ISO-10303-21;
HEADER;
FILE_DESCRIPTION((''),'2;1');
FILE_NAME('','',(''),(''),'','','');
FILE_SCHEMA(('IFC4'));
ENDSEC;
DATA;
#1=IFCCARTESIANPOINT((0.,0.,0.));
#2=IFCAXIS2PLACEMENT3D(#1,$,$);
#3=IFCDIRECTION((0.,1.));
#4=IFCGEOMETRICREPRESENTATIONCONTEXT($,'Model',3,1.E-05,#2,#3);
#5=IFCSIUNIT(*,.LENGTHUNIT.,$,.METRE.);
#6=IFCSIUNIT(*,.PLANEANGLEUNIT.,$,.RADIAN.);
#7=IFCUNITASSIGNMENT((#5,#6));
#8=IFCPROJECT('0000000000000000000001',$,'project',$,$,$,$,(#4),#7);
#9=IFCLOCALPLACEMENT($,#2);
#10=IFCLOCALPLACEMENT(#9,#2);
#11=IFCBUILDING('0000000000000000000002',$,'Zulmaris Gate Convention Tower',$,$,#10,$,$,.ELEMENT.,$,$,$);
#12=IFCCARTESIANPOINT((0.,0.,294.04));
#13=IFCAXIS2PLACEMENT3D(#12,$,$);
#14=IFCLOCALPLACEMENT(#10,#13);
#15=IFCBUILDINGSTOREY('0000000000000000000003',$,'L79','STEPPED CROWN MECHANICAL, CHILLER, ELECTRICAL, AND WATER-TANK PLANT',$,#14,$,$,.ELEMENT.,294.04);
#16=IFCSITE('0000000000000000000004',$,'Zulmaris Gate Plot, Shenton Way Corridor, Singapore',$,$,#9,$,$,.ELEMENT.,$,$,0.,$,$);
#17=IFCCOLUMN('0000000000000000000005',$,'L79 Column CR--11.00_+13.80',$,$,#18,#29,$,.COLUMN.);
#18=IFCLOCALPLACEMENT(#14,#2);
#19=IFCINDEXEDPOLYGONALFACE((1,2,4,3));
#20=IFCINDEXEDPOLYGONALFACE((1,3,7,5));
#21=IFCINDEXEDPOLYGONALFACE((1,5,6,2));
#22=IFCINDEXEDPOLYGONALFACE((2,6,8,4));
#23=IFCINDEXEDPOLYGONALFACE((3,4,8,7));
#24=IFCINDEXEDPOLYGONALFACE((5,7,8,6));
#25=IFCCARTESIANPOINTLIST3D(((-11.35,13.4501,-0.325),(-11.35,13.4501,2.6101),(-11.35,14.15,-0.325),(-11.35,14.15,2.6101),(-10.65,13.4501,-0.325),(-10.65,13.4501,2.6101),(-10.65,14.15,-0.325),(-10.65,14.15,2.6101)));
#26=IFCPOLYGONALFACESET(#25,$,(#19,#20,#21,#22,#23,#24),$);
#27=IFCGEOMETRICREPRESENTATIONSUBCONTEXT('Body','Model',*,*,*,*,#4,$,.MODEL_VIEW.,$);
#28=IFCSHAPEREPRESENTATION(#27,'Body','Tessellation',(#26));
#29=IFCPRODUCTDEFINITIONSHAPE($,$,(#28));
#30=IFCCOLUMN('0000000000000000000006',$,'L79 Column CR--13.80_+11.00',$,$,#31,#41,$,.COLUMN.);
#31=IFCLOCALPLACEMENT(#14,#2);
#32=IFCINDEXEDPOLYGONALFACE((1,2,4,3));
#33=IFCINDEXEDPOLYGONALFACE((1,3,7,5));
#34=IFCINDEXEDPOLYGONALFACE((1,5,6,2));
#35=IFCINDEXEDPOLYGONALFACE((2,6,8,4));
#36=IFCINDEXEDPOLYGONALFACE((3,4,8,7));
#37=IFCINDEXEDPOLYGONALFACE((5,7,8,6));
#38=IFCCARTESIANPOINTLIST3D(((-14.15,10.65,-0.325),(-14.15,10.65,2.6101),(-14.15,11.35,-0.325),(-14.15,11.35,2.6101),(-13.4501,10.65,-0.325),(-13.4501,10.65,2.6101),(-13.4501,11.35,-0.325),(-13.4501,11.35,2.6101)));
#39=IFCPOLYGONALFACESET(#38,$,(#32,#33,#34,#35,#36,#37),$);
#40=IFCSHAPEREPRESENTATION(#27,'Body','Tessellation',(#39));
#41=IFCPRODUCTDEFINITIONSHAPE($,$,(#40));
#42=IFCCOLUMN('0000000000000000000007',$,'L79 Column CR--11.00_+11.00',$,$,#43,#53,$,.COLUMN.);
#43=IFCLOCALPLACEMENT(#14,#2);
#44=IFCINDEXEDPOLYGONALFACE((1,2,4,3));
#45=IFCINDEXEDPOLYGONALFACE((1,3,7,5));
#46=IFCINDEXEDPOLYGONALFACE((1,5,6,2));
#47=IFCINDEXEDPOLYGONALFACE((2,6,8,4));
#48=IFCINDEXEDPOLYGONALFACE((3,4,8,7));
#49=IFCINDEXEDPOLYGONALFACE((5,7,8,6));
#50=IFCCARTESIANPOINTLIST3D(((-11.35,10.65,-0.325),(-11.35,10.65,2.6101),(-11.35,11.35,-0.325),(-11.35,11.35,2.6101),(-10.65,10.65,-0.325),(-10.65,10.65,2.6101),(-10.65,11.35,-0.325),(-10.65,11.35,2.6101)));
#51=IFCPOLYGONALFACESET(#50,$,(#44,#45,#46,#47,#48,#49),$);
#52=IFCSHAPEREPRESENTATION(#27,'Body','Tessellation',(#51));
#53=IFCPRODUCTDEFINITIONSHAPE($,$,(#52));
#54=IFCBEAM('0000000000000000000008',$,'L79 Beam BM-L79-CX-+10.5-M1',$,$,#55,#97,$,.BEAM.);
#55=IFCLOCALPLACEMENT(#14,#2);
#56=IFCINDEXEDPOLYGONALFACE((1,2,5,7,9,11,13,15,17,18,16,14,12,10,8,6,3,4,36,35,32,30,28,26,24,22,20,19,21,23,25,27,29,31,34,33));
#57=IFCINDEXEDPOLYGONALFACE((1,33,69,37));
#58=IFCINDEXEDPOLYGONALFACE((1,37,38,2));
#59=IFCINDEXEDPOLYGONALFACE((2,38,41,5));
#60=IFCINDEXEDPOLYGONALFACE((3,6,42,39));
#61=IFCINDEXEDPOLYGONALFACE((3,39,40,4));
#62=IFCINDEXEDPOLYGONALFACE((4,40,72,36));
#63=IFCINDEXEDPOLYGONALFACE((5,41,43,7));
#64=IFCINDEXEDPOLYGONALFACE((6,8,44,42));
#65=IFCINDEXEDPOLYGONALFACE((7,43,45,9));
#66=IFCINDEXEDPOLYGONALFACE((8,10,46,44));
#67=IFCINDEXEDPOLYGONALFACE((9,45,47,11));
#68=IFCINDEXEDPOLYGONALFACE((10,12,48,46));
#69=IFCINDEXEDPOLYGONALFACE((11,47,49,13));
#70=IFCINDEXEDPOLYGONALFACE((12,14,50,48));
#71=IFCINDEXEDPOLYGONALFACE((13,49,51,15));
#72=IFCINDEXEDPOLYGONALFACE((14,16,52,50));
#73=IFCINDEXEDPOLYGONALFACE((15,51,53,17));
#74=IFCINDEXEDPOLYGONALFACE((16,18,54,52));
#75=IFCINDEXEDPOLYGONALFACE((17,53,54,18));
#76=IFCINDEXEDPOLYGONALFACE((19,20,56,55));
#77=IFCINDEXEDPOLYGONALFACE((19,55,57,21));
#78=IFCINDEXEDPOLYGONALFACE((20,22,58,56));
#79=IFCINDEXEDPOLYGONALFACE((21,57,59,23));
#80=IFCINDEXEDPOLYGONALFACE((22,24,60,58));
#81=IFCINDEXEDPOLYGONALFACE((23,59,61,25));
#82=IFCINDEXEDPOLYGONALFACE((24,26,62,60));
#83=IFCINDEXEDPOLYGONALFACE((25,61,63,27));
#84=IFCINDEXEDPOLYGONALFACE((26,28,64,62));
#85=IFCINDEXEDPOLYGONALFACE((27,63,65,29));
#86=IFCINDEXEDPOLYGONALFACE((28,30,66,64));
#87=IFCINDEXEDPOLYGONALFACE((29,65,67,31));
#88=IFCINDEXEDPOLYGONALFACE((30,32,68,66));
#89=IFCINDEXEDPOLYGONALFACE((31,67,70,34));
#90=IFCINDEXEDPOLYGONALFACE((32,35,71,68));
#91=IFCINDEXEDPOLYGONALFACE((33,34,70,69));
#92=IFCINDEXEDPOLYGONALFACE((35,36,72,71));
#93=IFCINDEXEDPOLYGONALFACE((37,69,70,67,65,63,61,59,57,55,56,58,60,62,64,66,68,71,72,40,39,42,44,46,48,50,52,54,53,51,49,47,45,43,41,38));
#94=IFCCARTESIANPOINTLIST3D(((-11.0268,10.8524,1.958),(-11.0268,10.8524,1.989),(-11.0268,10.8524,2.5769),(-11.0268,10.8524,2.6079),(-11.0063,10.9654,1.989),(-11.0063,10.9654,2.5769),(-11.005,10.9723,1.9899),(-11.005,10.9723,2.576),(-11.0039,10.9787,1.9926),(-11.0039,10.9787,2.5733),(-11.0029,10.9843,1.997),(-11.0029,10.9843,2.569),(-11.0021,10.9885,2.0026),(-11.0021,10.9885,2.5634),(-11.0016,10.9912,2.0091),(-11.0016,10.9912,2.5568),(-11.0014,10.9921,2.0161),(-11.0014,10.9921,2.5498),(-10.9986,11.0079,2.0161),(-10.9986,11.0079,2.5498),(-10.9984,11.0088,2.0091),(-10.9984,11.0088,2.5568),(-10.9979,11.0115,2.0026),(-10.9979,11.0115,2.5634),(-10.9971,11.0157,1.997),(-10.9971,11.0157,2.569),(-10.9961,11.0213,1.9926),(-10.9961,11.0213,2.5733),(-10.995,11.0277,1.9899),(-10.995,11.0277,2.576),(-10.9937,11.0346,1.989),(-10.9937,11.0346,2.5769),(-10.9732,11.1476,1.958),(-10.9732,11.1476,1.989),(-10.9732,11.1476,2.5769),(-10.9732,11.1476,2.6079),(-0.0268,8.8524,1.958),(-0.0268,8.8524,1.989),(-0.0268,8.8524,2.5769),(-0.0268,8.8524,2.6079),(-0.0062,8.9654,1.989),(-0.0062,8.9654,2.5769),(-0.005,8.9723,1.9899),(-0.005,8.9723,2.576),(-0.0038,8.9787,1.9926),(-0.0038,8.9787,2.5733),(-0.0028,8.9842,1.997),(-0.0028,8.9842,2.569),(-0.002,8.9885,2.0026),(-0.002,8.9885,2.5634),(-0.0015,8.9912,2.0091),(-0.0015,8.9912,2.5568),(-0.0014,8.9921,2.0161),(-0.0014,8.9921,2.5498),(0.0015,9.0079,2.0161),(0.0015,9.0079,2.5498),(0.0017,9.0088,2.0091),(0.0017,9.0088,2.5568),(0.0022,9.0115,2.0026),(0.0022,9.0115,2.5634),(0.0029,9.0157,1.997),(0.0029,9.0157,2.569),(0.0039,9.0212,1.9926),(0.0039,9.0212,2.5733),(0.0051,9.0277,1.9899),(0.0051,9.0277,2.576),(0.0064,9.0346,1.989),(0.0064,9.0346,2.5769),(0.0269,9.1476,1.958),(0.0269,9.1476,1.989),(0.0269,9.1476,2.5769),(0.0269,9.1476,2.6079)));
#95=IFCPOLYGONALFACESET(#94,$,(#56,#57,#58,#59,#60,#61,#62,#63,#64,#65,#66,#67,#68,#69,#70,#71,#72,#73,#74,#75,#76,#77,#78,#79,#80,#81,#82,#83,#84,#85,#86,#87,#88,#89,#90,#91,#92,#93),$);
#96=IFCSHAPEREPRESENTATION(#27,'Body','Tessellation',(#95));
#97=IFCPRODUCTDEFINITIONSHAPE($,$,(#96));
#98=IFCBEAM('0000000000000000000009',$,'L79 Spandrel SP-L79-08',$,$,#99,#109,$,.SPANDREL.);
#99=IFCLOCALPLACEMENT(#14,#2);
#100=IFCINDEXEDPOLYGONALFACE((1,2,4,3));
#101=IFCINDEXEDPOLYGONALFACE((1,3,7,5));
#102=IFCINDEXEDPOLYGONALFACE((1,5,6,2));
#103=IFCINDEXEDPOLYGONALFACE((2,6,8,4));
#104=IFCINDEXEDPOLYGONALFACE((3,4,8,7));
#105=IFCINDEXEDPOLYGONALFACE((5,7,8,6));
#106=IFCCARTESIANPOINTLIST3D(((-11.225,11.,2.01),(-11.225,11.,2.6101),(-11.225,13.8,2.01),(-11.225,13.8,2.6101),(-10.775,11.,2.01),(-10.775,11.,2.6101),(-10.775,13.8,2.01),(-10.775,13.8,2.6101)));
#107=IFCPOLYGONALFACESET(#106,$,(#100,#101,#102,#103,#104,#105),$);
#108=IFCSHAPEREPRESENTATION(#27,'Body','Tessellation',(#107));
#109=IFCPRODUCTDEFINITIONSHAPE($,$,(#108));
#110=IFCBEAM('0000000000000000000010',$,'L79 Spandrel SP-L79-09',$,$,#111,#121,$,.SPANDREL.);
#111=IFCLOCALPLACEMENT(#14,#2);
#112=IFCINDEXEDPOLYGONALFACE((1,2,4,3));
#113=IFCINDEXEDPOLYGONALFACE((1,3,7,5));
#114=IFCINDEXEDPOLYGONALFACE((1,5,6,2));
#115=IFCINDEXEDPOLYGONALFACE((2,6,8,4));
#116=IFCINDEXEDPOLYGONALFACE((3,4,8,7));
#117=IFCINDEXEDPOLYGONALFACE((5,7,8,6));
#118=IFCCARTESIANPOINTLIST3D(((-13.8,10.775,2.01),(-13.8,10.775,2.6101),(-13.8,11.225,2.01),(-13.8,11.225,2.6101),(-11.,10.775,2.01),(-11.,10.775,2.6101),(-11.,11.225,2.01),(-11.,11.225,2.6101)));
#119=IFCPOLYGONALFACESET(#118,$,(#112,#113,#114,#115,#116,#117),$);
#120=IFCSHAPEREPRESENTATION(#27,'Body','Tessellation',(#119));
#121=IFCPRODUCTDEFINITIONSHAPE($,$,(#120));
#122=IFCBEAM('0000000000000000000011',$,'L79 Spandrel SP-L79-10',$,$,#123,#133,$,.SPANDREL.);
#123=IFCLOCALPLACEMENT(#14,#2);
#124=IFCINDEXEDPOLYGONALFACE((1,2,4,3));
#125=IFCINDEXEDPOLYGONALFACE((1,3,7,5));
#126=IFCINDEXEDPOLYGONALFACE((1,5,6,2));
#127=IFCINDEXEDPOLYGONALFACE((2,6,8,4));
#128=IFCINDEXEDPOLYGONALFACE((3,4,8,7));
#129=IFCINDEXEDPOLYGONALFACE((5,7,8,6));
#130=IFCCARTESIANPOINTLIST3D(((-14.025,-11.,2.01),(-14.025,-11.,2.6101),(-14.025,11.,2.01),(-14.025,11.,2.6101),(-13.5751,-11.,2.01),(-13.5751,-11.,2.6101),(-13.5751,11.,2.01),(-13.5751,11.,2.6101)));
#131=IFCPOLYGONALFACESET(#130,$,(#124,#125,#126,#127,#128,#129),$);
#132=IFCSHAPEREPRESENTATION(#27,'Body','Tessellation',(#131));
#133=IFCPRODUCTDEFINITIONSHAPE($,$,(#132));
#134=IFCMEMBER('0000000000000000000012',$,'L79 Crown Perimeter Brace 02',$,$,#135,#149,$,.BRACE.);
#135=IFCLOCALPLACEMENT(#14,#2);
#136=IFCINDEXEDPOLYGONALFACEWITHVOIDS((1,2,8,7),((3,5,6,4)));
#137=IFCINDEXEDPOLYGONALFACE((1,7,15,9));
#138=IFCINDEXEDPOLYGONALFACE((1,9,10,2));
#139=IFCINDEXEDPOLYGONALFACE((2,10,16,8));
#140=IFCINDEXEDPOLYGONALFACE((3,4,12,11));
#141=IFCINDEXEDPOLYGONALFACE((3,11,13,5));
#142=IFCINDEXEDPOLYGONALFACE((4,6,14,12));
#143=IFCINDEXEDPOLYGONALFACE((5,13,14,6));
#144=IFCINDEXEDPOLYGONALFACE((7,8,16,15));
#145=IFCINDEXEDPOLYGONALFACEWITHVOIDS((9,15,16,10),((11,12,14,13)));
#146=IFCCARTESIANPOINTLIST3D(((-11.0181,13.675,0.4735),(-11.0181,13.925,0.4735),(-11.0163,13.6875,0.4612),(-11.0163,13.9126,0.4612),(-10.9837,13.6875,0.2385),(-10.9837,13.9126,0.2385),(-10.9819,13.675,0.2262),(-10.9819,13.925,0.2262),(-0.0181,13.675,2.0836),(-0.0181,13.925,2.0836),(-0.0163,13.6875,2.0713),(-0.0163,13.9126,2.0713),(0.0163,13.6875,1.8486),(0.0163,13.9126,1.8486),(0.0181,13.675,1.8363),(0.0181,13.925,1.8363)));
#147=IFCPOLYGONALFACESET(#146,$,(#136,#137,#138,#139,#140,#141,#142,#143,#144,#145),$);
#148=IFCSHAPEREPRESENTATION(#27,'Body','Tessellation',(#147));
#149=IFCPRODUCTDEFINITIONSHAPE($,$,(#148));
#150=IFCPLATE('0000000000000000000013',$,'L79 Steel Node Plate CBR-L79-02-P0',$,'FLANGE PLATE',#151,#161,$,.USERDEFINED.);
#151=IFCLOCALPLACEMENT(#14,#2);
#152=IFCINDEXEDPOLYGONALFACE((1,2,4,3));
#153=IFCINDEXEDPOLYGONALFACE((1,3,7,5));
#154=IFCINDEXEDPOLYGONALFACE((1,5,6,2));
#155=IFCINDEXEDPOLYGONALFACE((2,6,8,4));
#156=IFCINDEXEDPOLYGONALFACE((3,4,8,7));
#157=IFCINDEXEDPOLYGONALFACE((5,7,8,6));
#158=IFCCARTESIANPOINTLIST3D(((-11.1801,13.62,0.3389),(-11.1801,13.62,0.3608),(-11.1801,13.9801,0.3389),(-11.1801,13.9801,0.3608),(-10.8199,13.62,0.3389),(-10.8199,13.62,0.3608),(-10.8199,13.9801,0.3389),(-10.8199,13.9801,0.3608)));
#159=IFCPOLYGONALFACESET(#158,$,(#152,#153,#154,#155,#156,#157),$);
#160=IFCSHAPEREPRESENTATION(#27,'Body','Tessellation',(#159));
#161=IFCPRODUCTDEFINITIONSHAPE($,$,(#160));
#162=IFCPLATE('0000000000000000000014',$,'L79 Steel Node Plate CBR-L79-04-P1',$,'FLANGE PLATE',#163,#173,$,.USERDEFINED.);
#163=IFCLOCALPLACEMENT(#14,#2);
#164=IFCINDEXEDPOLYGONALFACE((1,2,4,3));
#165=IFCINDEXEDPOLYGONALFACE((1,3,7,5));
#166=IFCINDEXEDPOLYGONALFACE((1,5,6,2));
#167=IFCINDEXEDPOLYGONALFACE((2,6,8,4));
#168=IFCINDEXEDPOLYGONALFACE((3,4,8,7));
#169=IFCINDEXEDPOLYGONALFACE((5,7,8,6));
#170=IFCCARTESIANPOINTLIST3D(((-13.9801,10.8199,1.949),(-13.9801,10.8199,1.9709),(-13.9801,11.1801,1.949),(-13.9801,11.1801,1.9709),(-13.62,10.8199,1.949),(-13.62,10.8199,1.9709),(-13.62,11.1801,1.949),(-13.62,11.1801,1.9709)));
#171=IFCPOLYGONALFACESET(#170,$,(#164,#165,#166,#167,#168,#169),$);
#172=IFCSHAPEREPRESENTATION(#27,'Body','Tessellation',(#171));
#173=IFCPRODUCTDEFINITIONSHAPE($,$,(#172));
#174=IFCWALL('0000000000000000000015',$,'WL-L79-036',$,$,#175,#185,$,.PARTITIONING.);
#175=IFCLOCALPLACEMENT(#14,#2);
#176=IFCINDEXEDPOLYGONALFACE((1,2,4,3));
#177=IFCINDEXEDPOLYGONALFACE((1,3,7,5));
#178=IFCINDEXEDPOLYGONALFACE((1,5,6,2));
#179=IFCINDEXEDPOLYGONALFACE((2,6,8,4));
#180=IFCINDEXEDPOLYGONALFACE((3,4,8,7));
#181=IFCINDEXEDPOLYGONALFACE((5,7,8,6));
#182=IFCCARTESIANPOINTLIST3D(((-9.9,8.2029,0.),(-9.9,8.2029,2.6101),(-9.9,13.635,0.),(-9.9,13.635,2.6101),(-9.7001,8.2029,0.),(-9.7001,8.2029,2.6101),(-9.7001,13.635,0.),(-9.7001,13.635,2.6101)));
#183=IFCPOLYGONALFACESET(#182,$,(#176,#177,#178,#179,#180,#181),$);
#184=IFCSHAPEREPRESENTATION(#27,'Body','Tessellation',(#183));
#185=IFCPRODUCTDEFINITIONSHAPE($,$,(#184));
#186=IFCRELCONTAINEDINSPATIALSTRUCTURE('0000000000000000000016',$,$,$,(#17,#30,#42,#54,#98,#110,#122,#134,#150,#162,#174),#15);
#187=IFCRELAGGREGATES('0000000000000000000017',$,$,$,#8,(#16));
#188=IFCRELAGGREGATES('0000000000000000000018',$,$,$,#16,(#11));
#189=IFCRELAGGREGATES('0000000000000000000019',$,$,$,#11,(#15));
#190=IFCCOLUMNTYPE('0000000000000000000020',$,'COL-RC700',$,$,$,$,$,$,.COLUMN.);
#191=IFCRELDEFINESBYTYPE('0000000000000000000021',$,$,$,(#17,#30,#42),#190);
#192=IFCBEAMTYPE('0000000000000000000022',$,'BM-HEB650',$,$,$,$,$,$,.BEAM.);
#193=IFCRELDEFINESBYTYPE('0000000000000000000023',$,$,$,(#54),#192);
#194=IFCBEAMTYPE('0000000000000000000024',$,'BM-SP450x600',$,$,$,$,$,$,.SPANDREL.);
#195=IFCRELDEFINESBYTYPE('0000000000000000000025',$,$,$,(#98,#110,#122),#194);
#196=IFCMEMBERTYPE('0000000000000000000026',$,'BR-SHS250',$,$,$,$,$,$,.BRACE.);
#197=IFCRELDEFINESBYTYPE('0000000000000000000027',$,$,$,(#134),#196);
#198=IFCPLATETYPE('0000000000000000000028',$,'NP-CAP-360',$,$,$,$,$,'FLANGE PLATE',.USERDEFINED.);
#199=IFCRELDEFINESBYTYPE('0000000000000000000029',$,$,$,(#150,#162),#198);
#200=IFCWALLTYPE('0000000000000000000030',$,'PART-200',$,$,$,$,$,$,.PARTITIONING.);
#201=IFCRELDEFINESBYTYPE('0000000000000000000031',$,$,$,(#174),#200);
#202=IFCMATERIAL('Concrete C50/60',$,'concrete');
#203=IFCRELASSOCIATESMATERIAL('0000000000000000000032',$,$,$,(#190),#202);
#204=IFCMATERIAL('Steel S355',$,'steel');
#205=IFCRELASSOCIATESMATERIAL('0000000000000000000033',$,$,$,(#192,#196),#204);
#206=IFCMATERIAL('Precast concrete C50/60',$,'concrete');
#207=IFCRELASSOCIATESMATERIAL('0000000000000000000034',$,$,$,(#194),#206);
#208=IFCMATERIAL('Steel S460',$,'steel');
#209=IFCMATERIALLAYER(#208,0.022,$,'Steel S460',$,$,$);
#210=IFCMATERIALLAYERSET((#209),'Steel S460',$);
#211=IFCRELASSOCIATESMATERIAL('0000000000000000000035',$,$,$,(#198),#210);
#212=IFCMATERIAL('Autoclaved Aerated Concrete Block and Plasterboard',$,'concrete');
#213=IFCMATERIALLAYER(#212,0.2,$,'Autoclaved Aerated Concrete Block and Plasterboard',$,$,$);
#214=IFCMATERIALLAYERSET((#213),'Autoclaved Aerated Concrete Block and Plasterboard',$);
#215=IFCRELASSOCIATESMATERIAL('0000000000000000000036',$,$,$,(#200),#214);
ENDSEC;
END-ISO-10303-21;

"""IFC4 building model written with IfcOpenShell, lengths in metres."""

from ifc_helpers import new_model, si_unit, direction, frame, frame_2d, origin, origin_2d, place, context, subcontext, project, spatial, rectangle, hollow_rectangle, i_section, extrude, material, layer, layer_set, material_profile, profile_set, type_object, element, save


model = new_model("IFC4")

# Units and contexts
model_context = context("Model", 3, precision=1e-05, world=origin(), true_north=direction((0.0, 1.0)))
body_context = subcontext(model_context, "Body", "Model", "MODEL_VIEW")
ifc_project = project(units=[si_unit("LENGTHUNIT", "METRE"), si_unit("PLANEANGLEUNIT", "RADIAN")], contexts=[model_context])

# Site, building, storey
site_placement = place(None, origin())
site = spatial("IfcSite", under=ifc_project, at=site_placement, Name="Zulmaris Gate Plot, Shenton Way Corridor, Singapore", CompositionType="ELEMENT", RefElevation=0.0)
building_placement = place(site_placement, origin())
building = spatial("IfcBuilding", under=site, at=building_placement, Name="Zulmaris Gate Convention Tower", CompositionType="ELEMENT")
storey_placement = place(building_placement, frame((0.0, 0.0, 294.04)))
storey = spatial("IfcBuildingStorey", under=building, at=storey_placement, Name="L79", Description="STEPPED CROWN MECHANICAL, CHILLER, ELECTRICAL, AND WATER-TANK PLANT", CompositionType="ELEMENT", Elevation=294.04)

# Columns
ifc_material_1 = material(Name="Concrete C50/60", Category="concrete")
ifc_material_profile_1 = material_profile(ifc_material_1, rectangle(XDim=0.7, YDim=0.7, at=origin_2d()), Name="RC COL 700x700")
ifc_profile_set_1 = profile_set([ifc_material_profile_1], Name="Concrete C50/60")
column_type = type_object("IfcColumnType", Name="COL-RC700", PredefinedType="COLUMN", material=ifc_profile_set_1)
for number, where, z_axis, x_axis, name in (
    (1, (-11.0, 13.8, -0.325), (0.0, 0.0, 1.0), (1.0, 0.0, 0.0), "L79 Column CR--11.00_+13.80"),
    (2, (-13.8, 11.0, -0.325), (0.0, 0.0, 1.0), (1.0, 0.0, 0.0), "L79 Column CR--13.80_+11.00"),
    (3, (-11.0, 11.0, -0.325), (0.0, 0.0, 1.0), (1.0, 0.0, 0.0), "L79 Column CR--11.00_+11.00"),
):
    element("IfcColumn", number, at=place(storey_placement, frame(where, z_axis=z_axis, x_axis=x_axis)), inside=storey, type_object=column_type, Name=name, PredefinedType="COLUMN", context=body_context, shape_type="SweptSolid", body=[
        extrude(rectangle(XDim=0.7, YDim=0.7, at=origin_2d()), origin(), (0.0, 0.0, 1.0), 2.9351),
    ])

# Beams
ifc_material_2 = material(Name="Steel S355", Category="steel")
ifc_material_profile_2 = material_profile(ifc_material_2, i_section(OverallWidth=0.3, OverallDepth=0.6499, WebThickness=0.0161, FlangeThickness=0.031, FilletRadius=0.0271, at=origin_2d()), Name="HEB 650")
ifc_profile_set_2 = profile_set([ifc_material_profile_2], Name="Steel S355")
beam_type_1 = type_object("IfcBeamType", Name="BM-HEB650", PredefinedType="BEAM", material=ifc_profile_set_2)
beam_1_placement = place(storey_placement, frame((-11.0, 11.0, 2.283), z_axis=(0.98387, -0.178885, 0.0), x_axis=(0.178885, 0.98387, 0.0)))
element("IfcBeam", 4, at=beam_1_placement, inside=storey, type_object=beam_type_1, Name="L79 Beam BM-L79-CX-+10.5-M1", PredefinedType="BEAM", context=body_context, shape_type="SweptSolid", body=[
    extrude(i_section(OverallWidth=0.3, OverallDepth=0.6499, WebThickness=0.0161, FlangeThickness=0.031, FilletRadius=0.0271, at=origin_2d()), origin(), (0.0, 0.0, 1.0), 11.1804),
])
ifc_material_3 = material(Name="Precast concrete C50/60", Category="concrete")
ifc_material_profile_3 = material_profile(ifc_material_3, rectangle(XDim=0.45, YDim=0.6001, at=origin_2d()), Name="RC SPANDREL 450x600")
ifc_profile_set_3 = profile_set([ifc_material_profile_3], Name="Precast concrete C50/60")
beam_type_2 = type_object("IfcBeamType", Name="BM-SP450x600", PredefinedType="SPANDREL", material=ifc_profile_set_3)
for number, where, z_axis, x_axis, name in (
    (5, (-11.0, 13.8, 2.3101), (0.0, -1.0, 0.0), (1.0, 0.0, 0.0), "L79 Spandrel SP-L79-08"),
    (6, (-11.0, 11.0, 2.3101), (-1.0, 0.0, 0.0), (0.0, -1.0, 0.0), "L79 Spandrel SP-L79-09"),
):
    element("IfcBeam", number, at=place(storey_placement, frame(where, z_axis=z_axis, x_axis=x_axis)), inside=storey, type_object=beam_type_2, Name=name, PredefinedType="SPANDREL", context=body_context, shape_type="SweptSolid", body=[
        extrude(rectangle(XDim=0.45, YDim=0.6001, at=origin_2d()), origin(), (0.0, 0.0, 1.0), 2.8),
    ])
beam_2_placement = place(storey_placement, frame((-13.8, 11.0, 2.3101), z_axis=(0.0, -1.0, 0.0), x_axis=(1.0, 0.0, 0.0)))
element("IfcBeam", 7, at=beam_2_placement, inside=storey, type_object=beam_type_2, Name="L79 Spandrel SP-L79-10", PredefinedType="SPANDREL", context=body_context, shape_type="SweptSolid", body=[
    extrude(rectangle(XDim=0.45, YDim=0.6001, at=origin_2d()), origin(), (0.0, 0.0, 1.0), 22.0),
])

# Member
ifc_material_profile_4 = material_profile(ifc_material_2, hollow_rectangle(XDim=0.25, YDim=0.25, WallThickness=0.0125, at=origin_2d()), Name="SHS 250x250x12.5")
ifc_profile_set_4 = profile_set([ifc_material_profile_4], Name="Steel S355")
member_type = type_object("IfcMemberType", Name="BR-SHS250", PredefinedType="BRACE", material=ifc_profile_set_4)
member_placement = place(storey_placement, frame((-11.0, 13.8, 0.3499), z_axis=(0.989457, 0.0, 0.14483), x_axis=(0.0, 1.0, 0.0)))
element("IfcMember", 8, at=member_placement, inside=storey, type_object=member_type, Name="L79 Crown Perimeter Brace 02", PredefinedType="BRACE", context=body_context, shape_type="SweptSolid", body=[
    extrude(hollow_rectangle(XDim=0.25, YDim=0.25, WallThickness=0.0125, at=origin_2d()), origin(), (0.0, 0.0, 1.0), 11.1172),
])

# Plates
ifc_material_4 = material(Name="Steel S460", Category="steel")
ifc_layer_1 = layer(ifc_material_4, 0.022, Name="Steel S460")
ifc_layer_set_1 = layer_set([ifc_layer_1], Name="Steel S460")
plate_type = type_object("IfcPlateType", Name="NP-CAP-360", ElementType="FLANGE PLATE", PredefinedType="USERDEFINED", material=ifc_layer_set_1)
for number, where, z_axis, x_axis, name in (
    (9, (-11.0, 13.8, 0.3389), (0.0, 0.0, 1.0), (1.0, 0.0, 0.0), "L79 Steel Node Plate CBR-L79-02-P0"),
    (10, (-13.8, 11.0, 1.949), (0.0, 0.0, 1.0), (1.0, 0.0, 0.0), "L79 Steel Node Plate CBR-L79-04-P1"),
):
    element("IfcPlate", number, at=place(storey_placement, frame(where, z_axis=z_axis, x_axis=x_axis)), inside=storey, type_object=plate_type, Name=name, ObjectType="FLANGE PLATE", PredefinedType="USERDEFINED", context=body_context, shape_type="SweptSolid", body=[
        extrude(rectangle(XDim=0.3601, YDim=0.3601, at=origin_2d()), origin(), (0.0, 0.0, 1.0), 0.022),
    ])

# Wall
ifc_material_5 = material(Name="Autoclaved Aerated Concrete Block and Plasterboard", Category="concrete")
ifc_layer_2 = layer(ifc_material_5, 0.2, Name="Autoclaved Aerated Concrete Block and Plasterboard")
ifc_layer_set_2 = layer_set([ifc_layer_2], Name="Autoclaved Aerated Concrete Block and Plasterboard")
wall_type_1 = type_object("IfcWallType", Name="PART-200", PredefinedType="PARTITIONING", material=ifc_layer_set_2)
wall_1_placement = place(storey_placement, frame((-9.8, 8.2029, 0.0), z_axis=(0.0, 0.0, 1.0), x_axis=(0.0, 1.0, 0.0)))
element("IfcWall", 11, at=wall_1_placement, inside=storey, type_object=wall_type_1, Name="WL-L79-036", PredefinedType="PARTITIONING", context=body_context, shape_type="SweptSolid", body=[
    extrude(rectangle(XDim=5.4321, YDim=0.2, at=frame_2d((2.7161, 0.0))), origin(), (0.0, 0.0, 1.0), 2.6101),
])

save(model, "model.ifc")
